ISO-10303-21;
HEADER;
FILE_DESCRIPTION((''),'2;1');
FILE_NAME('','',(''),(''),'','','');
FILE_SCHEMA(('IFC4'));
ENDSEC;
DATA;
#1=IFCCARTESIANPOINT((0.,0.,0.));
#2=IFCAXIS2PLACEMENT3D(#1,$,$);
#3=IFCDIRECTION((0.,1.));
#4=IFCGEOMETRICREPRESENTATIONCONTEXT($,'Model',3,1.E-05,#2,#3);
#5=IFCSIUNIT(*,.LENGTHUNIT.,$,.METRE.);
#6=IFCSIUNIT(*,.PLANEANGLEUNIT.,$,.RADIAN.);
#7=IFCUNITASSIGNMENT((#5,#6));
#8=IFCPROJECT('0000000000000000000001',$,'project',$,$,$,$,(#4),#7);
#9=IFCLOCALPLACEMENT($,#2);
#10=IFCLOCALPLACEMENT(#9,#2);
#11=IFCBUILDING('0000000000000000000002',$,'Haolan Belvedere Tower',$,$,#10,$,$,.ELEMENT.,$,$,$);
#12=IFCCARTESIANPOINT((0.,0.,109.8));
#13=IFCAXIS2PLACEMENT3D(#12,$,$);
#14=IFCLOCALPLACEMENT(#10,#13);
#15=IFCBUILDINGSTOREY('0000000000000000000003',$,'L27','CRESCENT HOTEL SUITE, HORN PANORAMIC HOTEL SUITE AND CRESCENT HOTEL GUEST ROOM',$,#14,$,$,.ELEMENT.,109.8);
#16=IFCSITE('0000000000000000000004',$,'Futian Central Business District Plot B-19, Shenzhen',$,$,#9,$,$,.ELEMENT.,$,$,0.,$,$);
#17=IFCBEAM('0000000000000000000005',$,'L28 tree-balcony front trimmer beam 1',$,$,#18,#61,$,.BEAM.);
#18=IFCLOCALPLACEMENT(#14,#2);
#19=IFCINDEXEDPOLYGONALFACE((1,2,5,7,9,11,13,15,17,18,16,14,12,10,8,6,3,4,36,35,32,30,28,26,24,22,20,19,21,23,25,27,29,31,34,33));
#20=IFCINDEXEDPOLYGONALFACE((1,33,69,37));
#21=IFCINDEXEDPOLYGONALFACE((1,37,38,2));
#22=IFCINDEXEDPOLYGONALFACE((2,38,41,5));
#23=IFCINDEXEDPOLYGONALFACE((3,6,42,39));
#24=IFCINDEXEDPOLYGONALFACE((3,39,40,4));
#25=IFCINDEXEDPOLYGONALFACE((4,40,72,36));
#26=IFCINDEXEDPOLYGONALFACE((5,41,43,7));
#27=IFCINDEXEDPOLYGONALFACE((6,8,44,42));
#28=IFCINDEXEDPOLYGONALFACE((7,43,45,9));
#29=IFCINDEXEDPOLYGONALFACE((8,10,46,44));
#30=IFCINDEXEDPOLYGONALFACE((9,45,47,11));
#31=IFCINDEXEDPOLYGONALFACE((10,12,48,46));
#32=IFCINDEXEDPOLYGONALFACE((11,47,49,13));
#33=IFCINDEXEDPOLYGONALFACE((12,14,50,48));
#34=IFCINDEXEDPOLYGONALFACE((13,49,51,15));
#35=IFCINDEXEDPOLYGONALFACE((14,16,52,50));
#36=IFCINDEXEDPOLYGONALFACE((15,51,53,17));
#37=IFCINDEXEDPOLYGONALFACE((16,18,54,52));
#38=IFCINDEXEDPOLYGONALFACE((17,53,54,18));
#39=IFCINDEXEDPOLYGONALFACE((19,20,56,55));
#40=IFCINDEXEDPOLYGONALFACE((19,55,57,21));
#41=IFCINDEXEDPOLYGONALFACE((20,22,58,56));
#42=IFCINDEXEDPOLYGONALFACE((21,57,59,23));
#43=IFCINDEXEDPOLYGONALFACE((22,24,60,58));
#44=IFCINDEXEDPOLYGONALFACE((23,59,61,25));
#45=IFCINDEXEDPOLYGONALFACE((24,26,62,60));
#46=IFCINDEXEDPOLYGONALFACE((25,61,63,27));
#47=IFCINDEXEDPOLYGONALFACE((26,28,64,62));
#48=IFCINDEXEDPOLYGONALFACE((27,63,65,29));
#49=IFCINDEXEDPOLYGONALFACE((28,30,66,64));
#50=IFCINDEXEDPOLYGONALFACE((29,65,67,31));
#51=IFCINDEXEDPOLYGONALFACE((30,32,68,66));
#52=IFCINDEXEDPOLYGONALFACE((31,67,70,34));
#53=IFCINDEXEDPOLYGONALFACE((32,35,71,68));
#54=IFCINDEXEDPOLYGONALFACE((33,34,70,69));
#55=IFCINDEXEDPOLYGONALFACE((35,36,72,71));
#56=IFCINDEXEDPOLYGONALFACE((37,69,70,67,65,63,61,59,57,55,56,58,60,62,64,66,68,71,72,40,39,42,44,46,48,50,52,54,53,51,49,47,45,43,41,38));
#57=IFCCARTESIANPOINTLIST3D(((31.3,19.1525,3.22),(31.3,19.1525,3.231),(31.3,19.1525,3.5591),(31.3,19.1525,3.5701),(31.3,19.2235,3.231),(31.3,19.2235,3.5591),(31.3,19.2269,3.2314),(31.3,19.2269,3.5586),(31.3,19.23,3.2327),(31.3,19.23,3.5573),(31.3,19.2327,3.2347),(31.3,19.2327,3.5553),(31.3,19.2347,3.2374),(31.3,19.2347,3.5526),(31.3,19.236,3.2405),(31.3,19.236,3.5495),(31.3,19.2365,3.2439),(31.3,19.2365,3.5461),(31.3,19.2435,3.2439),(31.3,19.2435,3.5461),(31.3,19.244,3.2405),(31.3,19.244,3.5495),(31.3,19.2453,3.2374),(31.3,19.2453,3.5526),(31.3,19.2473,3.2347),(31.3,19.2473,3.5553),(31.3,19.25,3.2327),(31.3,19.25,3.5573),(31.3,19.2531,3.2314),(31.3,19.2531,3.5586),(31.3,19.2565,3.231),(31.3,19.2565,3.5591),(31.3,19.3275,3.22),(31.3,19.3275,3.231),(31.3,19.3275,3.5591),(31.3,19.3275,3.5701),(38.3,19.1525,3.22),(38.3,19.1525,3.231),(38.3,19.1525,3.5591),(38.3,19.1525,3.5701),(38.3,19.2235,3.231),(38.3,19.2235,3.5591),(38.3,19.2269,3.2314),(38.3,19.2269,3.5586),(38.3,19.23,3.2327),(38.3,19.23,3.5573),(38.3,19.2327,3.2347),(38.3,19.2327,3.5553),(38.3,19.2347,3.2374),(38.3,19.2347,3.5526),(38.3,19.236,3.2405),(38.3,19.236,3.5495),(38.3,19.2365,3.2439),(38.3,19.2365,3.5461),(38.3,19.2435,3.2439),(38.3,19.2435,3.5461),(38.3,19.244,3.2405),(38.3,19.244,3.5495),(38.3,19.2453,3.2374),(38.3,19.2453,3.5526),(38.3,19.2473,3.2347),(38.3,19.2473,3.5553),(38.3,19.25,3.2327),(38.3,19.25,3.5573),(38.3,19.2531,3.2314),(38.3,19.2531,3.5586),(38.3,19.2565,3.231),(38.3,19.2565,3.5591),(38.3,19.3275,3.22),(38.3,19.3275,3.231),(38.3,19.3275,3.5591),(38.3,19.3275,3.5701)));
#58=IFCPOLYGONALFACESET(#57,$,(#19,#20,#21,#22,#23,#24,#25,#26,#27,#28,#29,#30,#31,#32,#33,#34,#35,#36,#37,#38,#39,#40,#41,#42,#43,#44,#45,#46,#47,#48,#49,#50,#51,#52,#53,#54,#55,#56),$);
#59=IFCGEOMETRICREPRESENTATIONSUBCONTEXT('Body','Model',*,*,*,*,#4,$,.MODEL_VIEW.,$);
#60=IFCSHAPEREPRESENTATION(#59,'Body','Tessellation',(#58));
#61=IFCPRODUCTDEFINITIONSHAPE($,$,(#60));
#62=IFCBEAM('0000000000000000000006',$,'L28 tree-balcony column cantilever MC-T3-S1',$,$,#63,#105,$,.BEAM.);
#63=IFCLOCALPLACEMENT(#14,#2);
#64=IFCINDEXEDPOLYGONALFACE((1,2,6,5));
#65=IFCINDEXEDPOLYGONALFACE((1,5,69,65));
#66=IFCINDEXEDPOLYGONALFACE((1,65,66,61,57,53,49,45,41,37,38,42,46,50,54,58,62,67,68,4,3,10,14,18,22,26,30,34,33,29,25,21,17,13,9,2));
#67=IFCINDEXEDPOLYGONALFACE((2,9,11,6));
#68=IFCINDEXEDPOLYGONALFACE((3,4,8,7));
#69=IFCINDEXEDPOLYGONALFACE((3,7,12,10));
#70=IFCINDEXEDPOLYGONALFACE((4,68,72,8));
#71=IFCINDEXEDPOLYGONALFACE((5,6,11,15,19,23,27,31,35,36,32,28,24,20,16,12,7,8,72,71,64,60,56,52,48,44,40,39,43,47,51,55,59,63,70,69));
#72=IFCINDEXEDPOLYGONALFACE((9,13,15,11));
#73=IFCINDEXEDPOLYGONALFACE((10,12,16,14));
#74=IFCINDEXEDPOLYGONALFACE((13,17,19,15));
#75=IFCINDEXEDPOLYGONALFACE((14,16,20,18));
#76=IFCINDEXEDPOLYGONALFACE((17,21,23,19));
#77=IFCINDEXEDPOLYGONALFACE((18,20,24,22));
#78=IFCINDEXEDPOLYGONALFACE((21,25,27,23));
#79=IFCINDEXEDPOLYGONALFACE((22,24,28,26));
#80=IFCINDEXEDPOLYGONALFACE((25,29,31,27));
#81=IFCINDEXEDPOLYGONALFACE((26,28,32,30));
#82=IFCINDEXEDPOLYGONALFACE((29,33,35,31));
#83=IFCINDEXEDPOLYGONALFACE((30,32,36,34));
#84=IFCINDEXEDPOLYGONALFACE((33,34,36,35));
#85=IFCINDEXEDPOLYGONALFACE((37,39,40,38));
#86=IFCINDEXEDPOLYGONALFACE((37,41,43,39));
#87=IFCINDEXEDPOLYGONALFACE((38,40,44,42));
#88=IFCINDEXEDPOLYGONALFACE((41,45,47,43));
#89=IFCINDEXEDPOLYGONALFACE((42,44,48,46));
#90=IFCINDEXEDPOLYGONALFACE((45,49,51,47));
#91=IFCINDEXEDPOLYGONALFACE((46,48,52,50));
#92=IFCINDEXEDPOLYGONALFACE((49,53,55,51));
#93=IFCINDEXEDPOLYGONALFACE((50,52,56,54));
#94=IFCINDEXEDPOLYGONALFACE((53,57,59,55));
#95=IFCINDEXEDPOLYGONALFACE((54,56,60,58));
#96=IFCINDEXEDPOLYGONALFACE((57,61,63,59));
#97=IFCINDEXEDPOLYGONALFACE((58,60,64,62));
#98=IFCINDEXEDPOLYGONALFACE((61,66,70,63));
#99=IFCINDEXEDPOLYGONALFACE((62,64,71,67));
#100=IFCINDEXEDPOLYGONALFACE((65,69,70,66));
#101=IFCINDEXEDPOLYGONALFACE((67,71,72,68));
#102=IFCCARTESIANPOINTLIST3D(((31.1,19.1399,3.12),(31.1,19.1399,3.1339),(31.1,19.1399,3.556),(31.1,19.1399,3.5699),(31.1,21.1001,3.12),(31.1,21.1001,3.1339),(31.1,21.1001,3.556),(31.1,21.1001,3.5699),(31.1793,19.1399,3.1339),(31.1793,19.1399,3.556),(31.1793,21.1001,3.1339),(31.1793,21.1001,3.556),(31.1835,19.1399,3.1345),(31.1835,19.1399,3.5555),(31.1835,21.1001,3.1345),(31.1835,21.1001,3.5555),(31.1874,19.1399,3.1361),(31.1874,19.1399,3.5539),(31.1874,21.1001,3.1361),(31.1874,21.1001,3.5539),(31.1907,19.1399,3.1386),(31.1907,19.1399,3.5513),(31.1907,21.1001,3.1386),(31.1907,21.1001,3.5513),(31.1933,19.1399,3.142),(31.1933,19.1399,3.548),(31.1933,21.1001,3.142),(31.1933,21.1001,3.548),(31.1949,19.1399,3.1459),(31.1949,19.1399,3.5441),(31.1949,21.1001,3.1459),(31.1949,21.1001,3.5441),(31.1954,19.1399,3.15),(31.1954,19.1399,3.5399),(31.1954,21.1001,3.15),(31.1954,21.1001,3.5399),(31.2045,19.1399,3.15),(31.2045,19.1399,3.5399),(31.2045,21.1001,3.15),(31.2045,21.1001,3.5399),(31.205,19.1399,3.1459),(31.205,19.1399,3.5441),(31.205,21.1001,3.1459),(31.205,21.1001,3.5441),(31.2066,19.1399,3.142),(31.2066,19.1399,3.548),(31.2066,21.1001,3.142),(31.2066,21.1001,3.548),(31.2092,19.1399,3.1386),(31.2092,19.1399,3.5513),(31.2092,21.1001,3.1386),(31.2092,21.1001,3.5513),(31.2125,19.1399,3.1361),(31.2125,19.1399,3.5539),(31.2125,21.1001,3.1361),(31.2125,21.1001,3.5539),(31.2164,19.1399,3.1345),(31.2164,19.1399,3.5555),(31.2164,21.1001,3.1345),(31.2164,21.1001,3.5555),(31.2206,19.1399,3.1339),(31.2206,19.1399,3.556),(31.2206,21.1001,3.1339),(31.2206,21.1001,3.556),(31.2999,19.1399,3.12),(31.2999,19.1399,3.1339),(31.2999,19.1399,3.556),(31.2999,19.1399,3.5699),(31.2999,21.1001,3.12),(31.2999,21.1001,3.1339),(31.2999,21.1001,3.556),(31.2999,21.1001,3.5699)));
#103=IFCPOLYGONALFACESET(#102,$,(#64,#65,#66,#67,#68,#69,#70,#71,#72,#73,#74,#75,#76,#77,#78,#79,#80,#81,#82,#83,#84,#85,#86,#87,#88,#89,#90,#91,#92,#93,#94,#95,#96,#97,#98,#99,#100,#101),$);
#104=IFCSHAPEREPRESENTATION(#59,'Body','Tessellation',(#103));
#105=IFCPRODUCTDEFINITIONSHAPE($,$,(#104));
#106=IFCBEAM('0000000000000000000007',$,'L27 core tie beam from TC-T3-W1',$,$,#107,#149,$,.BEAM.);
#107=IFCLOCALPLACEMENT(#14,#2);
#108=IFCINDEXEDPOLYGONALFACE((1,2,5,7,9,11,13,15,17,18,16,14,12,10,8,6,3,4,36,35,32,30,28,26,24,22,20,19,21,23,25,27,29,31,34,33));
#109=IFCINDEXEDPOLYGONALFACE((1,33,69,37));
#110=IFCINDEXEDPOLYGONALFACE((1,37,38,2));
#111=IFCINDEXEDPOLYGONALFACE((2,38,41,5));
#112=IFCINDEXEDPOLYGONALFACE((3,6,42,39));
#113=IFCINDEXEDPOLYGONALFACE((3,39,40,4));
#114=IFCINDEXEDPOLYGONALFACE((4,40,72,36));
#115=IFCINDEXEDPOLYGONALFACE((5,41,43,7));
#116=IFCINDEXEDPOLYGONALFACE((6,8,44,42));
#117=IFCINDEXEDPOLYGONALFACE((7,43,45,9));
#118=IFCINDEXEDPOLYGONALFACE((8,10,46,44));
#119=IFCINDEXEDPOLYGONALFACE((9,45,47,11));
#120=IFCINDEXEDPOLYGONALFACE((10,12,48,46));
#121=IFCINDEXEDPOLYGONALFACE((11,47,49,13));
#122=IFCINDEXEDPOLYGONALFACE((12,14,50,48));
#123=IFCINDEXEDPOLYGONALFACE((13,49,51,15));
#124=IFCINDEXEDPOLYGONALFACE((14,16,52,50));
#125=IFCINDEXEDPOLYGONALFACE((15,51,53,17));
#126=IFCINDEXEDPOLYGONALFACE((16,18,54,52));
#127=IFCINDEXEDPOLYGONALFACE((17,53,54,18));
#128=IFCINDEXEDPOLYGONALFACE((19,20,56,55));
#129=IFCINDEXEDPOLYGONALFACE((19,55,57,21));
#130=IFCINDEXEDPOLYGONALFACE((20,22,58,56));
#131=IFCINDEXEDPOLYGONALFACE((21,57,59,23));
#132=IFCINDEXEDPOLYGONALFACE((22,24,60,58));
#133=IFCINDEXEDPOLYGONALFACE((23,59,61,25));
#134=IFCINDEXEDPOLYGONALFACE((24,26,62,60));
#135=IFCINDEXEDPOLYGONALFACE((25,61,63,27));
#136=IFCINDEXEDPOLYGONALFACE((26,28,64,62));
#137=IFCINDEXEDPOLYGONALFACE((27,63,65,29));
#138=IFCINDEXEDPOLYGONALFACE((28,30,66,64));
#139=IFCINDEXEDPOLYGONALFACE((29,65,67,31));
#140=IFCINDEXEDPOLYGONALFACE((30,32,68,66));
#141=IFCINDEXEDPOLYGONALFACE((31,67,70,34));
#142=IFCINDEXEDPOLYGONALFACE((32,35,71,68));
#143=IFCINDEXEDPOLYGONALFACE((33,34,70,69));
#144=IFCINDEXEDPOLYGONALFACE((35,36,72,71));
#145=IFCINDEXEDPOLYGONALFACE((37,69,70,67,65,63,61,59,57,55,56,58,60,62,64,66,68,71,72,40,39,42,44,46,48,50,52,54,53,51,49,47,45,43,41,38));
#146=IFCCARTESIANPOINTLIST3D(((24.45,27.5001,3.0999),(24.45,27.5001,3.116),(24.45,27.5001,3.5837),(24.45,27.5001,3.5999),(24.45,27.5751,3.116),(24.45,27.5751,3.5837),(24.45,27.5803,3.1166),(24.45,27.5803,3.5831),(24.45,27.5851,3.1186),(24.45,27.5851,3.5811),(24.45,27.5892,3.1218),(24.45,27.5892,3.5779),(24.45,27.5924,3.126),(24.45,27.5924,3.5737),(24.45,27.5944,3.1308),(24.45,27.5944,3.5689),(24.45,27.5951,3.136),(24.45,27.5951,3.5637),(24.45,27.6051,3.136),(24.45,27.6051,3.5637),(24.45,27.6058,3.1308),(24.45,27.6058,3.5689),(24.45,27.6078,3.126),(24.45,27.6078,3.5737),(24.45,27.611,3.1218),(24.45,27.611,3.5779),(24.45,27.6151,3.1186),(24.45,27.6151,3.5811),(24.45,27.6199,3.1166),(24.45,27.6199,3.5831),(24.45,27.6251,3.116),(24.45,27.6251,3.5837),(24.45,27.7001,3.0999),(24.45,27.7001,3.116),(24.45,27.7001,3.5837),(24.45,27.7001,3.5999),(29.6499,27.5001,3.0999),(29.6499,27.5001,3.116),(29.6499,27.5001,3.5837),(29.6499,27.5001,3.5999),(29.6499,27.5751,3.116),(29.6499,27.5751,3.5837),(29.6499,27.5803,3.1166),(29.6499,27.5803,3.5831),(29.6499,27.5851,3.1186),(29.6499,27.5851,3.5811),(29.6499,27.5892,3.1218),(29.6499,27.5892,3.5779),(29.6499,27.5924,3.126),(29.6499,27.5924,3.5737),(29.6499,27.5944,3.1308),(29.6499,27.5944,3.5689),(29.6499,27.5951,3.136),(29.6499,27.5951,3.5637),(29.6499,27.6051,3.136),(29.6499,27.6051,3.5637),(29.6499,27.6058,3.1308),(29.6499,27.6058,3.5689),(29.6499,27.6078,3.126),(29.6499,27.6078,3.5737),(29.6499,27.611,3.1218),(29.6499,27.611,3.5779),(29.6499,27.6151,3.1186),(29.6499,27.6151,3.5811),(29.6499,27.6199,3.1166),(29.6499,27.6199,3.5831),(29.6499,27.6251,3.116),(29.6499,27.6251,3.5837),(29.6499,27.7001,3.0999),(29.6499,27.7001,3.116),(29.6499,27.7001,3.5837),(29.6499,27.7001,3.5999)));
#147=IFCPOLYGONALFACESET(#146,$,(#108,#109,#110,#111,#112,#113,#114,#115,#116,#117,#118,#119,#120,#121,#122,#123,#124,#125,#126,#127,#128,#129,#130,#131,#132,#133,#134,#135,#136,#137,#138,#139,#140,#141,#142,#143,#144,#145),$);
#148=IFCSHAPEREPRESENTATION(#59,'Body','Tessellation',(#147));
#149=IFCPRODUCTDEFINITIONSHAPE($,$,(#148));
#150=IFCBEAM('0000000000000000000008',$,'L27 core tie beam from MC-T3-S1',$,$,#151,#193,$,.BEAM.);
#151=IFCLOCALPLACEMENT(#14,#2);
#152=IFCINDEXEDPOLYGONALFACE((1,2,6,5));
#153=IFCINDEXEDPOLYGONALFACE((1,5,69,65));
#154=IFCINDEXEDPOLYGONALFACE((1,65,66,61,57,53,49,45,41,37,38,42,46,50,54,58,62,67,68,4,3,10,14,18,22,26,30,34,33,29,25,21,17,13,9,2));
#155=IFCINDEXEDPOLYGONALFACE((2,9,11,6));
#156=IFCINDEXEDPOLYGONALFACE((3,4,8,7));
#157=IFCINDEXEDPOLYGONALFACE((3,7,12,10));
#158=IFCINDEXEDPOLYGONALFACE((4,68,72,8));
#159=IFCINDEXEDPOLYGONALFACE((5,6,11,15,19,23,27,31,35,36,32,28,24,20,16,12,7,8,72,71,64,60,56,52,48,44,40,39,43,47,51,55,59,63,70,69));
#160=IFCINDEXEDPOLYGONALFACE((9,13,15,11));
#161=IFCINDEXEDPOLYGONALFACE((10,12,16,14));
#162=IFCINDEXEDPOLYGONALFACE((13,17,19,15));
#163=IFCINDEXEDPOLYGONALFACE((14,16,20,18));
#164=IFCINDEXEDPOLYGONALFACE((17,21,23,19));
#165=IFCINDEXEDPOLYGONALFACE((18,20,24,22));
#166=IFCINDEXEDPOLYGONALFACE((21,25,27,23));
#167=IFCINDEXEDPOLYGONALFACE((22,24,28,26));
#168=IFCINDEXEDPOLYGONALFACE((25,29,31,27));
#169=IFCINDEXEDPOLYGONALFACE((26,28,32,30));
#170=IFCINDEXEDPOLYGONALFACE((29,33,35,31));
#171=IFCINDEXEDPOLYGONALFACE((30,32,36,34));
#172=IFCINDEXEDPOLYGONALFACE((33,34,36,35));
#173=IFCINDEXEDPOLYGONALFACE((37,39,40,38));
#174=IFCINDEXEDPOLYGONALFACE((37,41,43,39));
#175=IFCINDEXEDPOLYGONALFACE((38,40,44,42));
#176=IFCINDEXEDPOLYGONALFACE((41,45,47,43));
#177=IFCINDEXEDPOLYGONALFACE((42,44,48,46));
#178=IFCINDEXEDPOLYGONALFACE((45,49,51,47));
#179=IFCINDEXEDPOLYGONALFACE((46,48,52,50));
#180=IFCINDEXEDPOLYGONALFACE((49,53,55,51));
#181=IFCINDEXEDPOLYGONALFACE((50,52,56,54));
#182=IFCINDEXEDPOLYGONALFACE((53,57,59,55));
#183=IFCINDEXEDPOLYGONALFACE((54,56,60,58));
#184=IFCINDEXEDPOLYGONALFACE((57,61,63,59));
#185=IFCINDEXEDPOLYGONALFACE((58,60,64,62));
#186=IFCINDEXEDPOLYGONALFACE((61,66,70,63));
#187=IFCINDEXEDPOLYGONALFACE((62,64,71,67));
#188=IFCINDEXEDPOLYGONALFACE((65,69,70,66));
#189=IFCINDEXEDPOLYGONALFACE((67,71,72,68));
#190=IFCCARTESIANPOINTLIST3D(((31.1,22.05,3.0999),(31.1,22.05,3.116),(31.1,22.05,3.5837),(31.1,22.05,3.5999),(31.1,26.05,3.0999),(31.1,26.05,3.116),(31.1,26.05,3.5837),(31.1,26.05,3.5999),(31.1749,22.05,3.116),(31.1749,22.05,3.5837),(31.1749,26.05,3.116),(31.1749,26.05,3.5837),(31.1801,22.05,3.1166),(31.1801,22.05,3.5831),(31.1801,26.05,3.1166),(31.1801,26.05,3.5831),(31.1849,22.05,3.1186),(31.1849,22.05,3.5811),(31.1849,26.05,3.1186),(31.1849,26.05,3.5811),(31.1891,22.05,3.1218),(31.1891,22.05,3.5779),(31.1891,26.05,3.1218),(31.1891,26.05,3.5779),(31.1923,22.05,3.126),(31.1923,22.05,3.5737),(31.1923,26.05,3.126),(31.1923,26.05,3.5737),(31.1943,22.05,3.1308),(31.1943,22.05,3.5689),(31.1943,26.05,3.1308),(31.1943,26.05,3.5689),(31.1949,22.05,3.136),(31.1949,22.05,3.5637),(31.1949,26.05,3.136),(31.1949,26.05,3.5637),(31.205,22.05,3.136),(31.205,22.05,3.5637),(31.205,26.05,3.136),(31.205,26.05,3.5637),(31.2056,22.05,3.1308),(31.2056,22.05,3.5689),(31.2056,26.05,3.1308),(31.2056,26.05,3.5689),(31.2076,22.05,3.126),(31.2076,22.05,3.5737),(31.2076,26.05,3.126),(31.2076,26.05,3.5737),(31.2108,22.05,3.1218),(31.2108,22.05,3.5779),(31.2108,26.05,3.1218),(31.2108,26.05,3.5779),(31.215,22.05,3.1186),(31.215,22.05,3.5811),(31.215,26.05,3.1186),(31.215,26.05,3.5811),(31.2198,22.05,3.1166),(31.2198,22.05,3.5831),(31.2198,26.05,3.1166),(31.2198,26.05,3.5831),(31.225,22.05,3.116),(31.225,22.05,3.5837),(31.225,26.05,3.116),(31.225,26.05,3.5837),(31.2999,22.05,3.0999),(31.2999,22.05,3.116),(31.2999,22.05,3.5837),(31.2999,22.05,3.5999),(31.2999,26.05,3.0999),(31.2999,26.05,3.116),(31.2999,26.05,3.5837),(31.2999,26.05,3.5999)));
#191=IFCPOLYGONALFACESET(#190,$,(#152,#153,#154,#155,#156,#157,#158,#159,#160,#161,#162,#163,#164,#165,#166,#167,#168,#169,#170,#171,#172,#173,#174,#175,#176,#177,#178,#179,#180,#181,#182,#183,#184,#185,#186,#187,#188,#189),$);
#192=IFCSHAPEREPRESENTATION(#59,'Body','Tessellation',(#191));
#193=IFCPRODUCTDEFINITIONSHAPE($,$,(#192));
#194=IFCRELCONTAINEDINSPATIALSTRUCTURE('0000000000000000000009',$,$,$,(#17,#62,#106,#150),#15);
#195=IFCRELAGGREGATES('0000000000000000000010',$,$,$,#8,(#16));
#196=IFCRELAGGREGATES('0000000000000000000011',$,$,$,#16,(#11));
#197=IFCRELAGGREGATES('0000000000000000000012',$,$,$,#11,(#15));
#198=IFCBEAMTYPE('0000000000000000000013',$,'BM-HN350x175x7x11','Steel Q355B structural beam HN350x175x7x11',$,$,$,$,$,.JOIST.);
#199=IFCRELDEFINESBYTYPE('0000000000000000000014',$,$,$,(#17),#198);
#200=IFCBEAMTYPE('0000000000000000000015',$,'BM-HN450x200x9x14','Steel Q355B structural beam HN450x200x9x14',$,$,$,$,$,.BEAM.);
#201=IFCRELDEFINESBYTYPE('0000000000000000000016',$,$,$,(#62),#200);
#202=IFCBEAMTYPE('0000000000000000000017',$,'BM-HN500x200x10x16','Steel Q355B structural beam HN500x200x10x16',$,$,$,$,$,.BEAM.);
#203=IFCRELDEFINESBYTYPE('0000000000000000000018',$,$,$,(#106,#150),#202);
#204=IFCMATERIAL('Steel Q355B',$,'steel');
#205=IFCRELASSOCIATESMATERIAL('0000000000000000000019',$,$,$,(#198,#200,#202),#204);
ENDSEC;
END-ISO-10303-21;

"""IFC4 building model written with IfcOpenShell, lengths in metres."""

from ifc_helpers import new_model, si_unit, direction, frame, origin, origin_2d, place, context, subcontext, project, spatial, i_section, extrude, material, material_profile, profile_set, type_object, element, save


model = new_model("IFC4")

# Units and contexts
model_context = context("Model", 3, precision=1e-05, world=origin(), true_north=direction((0.0, 1.0)))
body_context = subcontext(model_context, "Body", "Model", "MODEL_VIEW")
ifc_project = project(units=[si_unit("LENGTHUNIT", "METRE"), si_unit("PLANEANGLEUNIT", "RADIAN")], contexts=[model_context])

# Site, building, storey
site_placement = place(None, origin())
site = spatial("IfcSite", under=ifc_project, at=site_placement, Name="Futian Central Business District Plot B-19, Shenzhen", CompositionType="ELEMENT", RefElevation=0.0)
building_placement = place(site_placement, origin())
building = spatial("IfcBuilding", under=site, at=building_placement, Name="Haolan Belvedere Tower", CompositionType="ELEMENT")
storey_placement = place(building_placement, frame((0.0, 0.0, 109.8)))
storey = spatial("IfcBuildingStorey", under=building, at=storey_placement, Name="L27", Description="CRESCENT HOTEL SUITE, HORN PANORAMIC HOTEL SUITE AND CRESCENT HOTEL GUEST ROOM", CompositionType="ELEMENT", Elevation=109.8)

# Beams
ifc_material_1 = material(Name="Steel Q355B", Category="steel")
ifc_material_profile_1 = material_profile(ifc_material_1, i_section(OverallWidth=0.175, OverallDepth=0.3501, WebThickness=0.0071, FlangeThickness=0.011, FilletRadius=0.0129, at=origin_2d()), Name="Steel Q355B")
ifc_profile_set_1 = profile_set([ifc_material_profile_1], Name="Steel Q355B")
beam_type_1 = type_object("IfcBeamType", Name="BM-HN350x175x7x11", Description="Steel Q355B structural beam HN350x175x7x11", PredefinedType="JOIST", material=ifc_profile_set_1)
beam_1_placement = place(storey_placement, frame((31.3, 19.24, 3.395), z_axis=(1.0, 0.0, 0.0), x_axis=(0.0, 1.0, 0.0)))
element("IfcBeam", 1, at=beam_1_placement, inside=storey, type_object=beam_type_1, Name="L28 tree-balcony front trimmer beam 1", PredefinedType="BEAM", context=body_context, shape_type="SweptSolid", body=[
    extrude(i_section(OverallWidth=0.175, OverallDepth=0.3501, WebThickness=0.0071, FlangeThickness=0.011, FilletRadius=0.0129, at=origin_2d()), origin(), (0.0, 0.0, 1.0), 7.0),
])
ifc_material_profile_2 = material_profile(ifc_material_1, i_section(OverallWidth=0.2, OverallDepth=0.45, WebThickness=0.009, FlangeThickness=0.0139, FilletRadius=0.0161, at=origin_2d()), Name="Steel Q355B")
ifc_profile_set_2 = profile_set([ifc_material_profile_2], Name="Steel Q355B")
beam_type_2 = type_object("IfcBeamType", Name="BM-HN450x200x9x14", Description="Steel Q355B structural beam HN450x200x9x14", PredefinedType="BEAM", material=ifc_profile_set_2)
beam_2_placement = place(storey_placement, frame((31.2, 21.1001, 3.345), z_axis=(0.0, -1.0, 0.0), x_axis=(1.0, 0.0, 0.0)))
element("IfcBeam", 2, at=beam_2_placement, inside=storey, type_object=beam_type_2, Name="L28 tree-balcony column cantilever MC-T3-S1", PredefinedType="BEAM", context=body_context, shape_type="SweptSolid", body=[
    extrude(i_section(OverallWidth=0.2, OverallDepth=0.45, WebThickness=0.009, FlangeThickness=0.0139, FilletRadius=0.0161, at=origin_2d()), origin(), (0.0, 0.0, 1.0), 1.9602),
])
ifc_material_profile_3 = material_profile(ifc_material_1, i_section(OverallWidth=0.2, OverallDepth=0.5, WebThickness=0.01, FlangeThickness=0.0161, FilletRadius=0.02, at=origin_2d()), Name="Steel Q355B")
ifc_profile_set_3 = profile_set([ifc_material_profile_3], Name="Steel Q355B")
beam_type_3 = type_object("IfcBeamType", Name="BM-HN500x200x10x16", Description="Steel Q355B structural beam HN500x200x10x16", PredefinedType="BEAM", material=ifc_profile_set_3)
beam_3_placement = place(storey_placement, frame((24.45, 27.6001, 3.3499), z_axis=(1.0, 0.0, 0.0), x_axis=(0.0, 1.0, 0.0)))
element("IfcBeam", 3, at=beam_3_placement, inside=storey, type_object=beam_type_3, Name="L27 core tie beam from TC-T3-W1", PredefinedType="BEAM", context=body_context, shape_type="SweptSolid", body=[
    extrude(i_section(OverallWidth=0.2, OverallDepth=0.5, WebThickness=0.01, FlangeThickness=0.0161, FilletRadius=0.02, at=origin_2d()), origin(), (0.0, 0.0, 1.0), 5.2),
])
beam_4_placement = place(storey_placement, frame((31.2, 22.05, 3.3499), z_axis=(0.0, 1.0, 0.0), x_axis=(-1.0, 0.0, 0.0)))
element("IfcBeam", 4, at=beam_4_placement, inside=storey, type_object=beam_type_3, Name="L27 core tie beam from MC-T3-S1", PredefinedType="BEAM", context=body_context, shape_type="SweptSolid", body=[
    extrude(i_section(OverallWidth=0.2, OverallDepth=0.5, WebThickness=0.01, FlangeThickness=0.0161, FilletRadius=0.02, at=origin_2d()), origin(), (0.0, 0.0, 1.0), 4.0),
])

save(model, "model.ifc")
